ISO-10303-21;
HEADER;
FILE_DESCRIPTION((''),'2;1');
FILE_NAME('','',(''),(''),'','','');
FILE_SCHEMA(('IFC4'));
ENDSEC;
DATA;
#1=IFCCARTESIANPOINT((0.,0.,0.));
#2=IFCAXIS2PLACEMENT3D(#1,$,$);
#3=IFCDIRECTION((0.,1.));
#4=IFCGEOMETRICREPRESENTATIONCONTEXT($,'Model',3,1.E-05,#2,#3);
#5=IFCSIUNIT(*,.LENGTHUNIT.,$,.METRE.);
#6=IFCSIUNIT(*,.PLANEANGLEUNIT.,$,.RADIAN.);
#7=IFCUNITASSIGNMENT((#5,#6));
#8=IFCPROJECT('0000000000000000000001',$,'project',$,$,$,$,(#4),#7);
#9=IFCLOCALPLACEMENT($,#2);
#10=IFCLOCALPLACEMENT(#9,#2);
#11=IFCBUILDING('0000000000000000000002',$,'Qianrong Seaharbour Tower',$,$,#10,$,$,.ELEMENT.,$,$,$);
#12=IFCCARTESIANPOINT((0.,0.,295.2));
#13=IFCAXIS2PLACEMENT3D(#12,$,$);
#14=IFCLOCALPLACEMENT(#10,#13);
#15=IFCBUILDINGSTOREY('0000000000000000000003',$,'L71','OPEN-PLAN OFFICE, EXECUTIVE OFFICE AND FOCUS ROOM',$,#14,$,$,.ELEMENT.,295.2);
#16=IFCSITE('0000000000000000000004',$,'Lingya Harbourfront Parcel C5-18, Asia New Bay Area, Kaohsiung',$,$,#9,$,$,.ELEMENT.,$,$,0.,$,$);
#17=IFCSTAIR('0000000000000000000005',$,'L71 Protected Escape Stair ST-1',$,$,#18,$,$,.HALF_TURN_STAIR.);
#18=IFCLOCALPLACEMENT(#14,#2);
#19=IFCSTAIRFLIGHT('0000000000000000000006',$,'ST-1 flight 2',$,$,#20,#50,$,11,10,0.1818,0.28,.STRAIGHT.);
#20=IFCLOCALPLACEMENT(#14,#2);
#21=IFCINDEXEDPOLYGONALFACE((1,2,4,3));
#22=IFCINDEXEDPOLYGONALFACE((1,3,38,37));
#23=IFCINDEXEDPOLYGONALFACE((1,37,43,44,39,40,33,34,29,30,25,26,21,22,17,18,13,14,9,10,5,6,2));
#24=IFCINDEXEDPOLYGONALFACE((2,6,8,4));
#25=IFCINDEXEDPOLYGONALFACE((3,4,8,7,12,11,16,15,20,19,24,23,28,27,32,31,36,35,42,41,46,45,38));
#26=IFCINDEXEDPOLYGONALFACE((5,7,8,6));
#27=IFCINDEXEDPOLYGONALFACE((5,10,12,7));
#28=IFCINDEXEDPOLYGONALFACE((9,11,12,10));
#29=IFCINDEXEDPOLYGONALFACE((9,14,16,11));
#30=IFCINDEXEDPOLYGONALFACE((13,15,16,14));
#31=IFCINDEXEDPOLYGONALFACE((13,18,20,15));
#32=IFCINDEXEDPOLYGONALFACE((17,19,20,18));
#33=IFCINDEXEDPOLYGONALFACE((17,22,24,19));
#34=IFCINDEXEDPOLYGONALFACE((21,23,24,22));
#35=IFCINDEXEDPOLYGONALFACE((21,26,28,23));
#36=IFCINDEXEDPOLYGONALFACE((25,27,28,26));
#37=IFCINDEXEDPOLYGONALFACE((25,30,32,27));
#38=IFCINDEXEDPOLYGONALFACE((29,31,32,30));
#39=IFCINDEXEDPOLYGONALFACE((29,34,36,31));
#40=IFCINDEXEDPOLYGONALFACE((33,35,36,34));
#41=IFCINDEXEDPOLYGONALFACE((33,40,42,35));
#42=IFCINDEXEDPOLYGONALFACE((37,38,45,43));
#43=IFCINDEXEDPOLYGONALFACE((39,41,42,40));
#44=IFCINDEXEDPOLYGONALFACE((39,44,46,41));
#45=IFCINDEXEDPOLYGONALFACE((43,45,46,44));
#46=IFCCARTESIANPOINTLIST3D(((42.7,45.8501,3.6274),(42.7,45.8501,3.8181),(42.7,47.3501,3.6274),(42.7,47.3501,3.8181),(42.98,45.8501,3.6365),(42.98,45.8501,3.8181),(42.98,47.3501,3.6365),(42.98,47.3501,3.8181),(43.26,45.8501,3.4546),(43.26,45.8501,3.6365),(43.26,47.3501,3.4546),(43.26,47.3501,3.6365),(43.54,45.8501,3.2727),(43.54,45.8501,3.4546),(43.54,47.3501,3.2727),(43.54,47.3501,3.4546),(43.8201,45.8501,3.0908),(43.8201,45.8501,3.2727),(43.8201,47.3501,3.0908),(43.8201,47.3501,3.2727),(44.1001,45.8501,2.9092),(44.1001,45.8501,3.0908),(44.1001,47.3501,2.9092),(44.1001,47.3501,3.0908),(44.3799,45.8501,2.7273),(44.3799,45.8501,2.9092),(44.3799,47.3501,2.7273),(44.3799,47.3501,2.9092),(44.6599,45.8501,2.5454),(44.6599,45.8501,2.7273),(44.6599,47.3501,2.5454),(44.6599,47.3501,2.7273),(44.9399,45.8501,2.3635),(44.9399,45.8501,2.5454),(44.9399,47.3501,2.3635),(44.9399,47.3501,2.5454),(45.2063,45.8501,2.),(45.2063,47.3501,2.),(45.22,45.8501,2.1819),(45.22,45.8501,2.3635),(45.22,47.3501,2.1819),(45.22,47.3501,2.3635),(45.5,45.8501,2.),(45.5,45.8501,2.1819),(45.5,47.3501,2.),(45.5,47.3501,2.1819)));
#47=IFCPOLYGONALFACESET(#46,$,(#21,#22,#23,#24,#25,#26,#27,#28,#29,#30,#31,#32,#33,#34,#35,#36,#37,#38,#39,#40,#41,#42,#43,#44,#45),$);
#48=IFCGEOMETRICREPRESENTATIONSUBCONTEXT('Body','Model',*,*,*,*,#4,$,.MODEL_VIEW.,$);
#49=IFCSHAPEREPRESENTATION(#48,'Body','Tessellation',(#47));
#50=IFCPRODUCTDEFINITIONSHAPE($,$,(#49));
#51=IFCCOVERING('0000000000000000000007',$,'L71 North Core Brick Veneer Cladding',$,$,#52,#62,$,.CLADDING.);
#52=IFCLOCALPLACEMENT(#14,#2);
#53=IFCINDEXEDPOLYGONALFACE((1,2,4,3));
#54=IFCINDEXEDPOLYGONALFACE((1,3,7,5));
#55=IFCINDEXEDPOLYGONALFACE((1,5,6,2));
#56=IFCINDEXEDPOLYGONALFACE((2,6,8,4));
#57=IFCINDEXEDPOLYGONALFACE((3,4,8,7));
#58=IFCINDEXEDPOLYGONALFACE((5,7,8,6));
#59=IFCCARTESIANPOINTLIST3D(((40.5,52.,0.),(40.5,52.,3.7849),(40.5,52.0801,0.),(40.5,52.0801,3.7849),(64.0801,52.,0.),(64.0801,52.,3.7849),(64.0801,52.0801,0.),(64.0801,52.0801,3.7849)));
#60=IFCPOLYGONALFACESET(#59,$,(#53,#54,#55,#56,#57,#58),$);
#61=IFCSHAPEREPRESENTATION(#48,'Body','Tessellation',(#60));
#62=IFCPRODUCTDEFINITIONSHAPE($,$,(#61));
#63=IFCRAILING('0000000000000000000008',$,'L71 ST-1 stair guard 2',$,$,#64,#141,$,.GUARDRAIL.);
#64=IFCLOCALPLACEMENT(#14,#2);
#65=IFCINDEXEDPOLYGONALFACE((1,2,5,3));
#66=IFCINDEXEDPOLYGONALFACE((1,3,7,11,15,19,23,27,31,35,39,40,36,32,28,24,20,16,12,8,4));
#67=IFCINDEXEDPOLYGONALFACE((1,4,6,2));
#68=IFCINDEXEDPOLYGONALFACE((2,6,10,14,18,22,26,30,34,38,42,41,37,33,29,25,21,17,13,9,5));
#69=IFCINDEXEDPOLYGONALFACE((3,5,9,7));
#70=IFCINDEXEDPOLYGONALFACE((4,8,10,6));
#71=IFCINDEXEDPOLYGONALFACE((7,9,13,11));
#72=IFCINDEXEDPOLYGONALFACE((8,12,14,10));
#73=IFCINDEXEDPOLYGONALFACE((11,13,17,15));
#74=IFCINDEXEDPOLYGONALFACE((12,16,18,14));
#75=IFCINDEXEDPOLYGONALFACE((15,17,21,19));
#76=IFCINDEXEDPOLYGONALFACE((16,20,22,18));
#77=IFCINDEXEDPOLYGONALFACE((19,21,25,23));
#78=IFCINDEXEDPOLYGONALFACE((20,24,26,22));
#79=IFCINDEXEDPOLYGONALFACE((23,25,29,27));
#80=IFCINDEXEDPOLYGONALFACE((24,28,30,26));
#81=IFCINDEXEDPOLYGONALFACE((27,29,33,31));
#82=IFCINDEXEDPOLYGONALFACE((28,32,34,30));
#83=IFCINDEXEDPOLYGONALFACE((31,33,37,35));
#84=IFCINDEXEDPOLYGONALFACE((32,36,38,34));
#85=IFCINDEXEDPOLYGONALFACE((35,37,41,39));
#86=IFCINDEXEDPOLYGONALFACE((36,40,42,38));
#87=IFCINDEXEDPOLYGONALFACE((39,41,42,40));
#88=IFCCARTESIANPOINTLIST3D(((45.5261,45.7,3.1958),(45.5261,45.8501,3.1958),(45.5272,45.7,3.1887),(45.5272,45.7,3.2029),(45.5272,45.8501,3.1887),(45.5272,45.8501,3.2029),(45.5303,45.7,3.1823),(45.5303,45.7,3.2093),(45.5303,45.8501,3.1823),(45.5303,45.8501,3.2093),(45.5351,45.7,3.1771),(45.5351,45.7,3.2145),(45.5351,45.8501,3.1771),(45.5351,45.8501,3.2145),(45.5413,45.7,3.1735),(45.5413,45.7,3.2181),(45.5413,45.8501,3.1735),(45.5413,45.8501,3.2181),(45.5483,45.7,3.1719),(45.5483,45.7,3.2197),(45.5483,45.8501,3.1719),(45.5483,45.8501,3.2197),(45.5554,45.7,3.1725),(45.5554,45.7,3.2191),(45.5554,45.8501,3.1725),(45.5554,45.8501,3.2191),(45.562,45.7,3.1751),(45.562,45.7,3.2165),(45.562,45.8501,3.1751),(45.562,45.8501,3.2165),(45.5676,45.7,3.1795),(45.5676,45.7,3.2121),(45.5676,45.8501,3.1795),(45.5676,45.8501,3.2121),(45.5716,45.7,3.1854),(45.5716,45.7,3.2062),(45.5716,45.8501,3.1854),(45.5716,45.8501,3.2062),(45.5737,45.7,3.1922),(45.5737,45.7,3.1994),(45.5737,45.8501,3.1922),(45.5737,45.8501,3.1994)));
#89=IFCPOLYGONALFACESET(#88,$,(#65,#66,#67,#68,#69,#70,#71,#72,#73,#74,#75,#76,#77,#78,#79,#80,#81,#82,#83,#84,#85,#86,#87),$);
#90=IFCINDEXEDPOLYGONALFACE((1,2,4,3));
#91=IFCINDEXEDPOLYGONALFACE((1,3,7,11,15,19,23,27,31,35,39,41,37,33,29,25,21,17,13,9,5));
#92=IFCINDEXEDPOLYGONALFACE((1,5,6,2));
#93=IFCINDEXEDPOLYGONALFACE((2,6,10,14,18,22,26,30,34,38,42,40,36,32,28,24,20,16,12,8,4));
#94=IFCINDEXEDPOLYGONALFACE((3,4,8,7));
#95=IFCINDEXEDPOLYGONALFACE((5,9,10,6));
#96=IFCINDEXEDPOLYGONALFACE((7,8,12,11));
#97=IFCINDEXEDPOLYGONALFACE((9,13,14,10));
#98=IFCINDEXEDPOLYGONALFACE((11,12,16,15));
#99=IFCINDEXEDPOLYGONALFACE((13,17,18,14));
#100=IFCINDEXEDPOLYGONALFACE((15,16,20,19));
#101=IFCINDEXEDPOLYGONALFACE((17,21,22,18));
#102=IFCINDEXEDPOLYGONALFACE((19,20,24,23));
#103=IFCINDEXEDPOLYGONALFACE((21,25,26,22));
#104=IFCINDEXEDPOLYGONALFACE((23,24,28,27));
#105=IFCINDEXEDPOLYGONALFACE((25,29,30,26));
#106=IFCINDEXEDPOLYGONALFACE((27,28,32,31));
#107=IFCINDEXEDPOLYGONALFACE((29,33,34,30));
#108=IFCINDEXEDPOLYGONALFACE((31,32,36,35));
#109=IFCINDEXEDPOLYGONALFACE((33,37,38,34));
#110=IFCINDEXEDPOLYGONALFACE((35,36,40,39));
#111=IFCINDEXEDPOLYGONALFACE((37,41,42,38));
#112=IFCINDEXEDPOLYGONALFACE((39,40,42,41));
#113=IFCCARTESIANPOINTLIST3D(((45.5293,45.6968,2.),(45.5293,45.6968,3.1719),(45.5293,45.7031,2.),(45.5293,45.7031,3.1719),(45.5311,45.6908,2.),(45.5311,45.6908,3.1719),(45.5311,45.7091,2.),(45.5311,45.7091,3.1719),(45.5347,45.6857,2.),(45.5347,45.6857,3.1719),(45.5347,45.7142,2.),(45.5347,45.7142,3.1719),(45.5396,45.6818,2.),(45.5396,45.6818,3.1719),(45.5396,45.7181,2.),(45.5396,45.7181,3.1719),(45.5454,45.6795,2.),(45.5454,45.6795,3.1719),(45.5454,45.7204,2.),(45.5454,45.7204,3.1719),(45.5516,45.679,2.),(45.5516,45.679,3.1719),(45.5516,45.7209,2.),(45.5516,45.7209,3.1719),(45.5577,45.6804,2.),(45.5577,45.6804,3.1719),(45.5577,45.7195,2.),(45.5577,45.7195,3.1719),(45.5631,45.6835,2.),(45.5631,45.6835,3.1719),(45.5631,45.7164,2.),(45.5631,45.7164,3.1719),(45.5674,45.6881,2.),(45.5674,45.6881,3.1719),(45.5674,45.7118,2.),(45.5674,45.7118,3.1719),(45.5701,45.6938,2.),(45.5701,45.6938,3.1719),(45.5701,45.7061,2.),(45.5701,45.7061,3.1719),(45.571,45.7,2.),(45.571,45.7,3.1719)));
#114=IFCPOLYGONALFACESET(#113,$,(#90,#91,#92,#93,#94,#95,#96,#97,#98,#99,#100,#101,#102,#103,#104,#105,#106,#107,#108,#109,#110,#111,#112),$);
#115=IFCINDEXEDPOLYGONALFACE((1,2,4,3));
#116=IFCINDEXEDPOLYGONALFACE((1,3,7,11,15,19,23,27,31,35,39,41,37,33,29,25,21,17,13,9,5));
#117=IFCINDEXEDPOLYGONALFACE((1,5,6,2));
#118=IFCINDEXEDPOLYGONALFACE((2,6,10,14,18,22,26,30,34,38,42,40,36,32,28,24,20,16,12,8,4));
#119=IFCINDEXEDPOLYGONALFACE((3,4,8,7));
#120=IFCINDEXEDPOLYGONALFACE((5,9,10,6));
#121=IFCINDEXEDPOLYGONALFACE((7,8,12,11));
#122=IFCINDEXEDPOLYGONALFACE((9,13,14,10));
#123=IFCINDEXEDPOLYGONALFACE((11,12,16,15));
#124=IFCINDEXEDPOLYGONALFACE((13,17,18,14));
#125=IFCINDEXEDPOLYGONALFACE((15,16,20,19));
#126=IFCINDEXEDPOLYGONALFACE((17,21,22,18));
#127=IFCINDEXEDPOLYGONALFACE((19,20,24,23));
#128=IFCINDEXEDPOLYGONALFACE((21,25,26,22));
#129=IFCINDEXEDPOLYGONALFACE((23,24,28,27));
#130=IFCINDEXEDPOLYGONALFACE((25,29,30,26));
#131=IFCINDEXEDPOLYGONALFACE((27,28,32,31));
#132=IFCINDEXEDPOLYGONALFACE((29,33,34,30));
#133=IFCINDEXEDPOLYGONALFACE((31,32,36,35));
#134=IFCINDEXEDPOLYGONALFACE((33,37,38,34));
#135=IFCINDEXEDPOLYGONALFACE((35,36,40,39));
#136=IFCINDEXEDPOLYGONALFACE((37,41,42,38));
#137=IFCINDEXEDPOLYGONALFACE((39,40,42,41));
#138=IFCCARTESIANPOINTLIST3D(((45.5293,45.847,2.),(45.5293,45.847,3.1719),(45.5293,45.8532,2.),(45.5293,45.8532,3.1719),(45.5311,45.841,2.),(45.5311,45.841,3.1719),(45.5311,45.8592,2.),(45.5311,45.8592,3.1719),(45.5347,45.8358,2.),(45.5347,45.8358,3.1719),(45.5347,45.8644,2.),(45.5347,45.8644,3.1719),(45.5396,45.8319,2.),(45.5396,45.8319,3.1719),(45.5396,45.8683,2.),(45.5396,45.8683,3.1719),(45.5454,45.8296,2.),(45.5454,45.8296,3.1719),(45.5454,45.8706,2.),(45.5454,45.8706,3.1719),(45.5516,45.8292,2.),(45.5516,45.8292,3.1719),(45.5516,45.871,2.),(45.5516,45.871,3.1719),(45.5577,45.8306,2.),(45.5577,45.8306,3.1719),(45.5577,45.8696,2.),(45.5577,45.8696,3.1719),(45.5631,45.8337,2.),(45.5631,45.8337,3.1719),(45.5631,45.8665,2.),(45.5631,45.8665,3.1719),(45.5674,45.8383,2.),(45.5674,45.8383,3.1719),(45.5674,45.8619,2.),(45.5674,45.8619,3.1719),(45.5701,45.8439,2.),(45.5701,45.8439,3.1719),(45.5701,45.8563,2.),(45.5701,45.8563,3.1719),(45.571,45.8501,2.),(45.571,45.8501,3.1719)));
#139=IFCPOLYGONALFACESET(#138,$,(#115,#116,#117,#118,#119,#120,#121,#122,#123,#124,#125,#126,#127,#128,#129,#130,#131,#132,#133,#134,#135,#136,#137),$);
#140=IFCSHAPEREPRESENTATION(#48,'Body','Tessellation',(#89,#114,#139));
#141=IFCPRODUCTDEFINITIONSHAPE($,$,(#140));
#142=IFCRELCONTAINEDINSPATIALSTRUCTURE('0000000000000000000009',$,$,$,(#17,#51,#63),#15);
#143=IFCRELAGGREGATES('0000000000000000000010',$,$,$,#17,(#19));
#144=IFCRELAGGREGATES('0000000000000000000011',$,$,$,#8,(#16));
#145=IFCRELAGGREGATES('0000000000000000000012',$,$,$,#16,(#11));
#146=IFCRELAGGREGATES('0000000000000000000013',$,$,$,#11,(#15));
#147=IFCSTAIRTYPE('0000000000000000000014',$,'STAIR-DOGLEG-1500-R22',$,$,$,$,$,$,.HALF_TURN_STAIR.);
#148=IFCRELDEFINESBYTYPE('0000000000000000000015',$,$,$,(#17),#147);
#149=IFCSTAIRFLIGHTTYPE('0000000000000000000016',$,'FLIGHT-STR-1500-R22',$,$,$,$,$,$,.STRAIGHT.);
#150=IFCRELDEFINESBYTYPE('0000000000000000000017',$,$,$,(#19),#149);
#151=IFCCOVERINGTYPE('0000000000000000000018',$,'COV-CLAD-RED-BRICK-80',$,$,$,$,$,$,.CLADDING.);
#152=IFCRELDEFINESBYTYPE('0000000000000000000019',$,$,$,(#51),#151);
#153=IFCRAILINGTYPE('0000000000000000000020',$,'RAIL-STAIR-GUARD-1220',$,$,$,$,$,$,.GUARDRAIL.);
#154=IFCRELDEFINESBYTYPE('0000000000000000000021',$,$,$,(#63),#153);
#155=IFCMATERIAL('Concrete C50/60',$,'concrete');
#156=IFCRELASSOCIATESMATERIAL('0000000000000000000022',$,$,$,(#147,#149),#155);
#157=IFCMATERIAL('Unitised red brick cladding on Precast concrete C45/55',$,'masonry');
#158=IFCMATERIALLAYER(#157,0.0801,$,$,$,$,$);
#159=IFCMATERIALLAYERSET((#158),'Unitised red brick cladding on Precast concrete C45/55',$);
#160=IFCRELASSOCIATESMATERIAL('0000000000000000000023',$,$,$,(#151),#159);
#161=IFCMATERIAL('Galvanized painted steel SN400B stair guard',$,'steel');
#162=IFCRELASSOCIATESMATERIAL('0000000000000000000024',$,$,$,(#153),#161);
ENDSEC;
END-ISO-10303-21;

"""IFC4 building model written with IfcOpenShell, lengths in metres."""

from ifc_helpers import new_model, si_unit, direction, frame, origin, origin_2d, place, context, subcontext, project, spatial, polyline, rectangle, circle, outline, extrude, material, layer, layer_set, type_object, element, aggregate, save


model = new_model("IFC4")

# Units and contexts
model_context = context("Model", 3, precision=1e-05, world=origin(), true_north=direction((0.0, 1.0)))
body_context = subcontext(model_context, "Body", "Model", "MODEL_VIEW")
ifc_project = project(units=[si_unit("LENGTHUNIT", "METRE"), si_unit("PLANEANGLEUNIT", "RADIAN")], contexts=[model_context])

# Site, building, storey
site_placement = place(None, origin())
site = spatial("IfcSite", under=ifc_project, at=site_placement, Name="Lingya Harbourfront Parcel C5-18, Asia New Bay Area, Kaohsiung", CompositionType="ELEMENT", RefElevation=0.0)
building_placement = place(site_placement, origin())
building = spatial("IfcBuilding", under=site, at=building_placement, Name="Qianrong Seaharbour Tower", CompositionType="ELEMENT")
storey_placement = place(building_placement, frame((0.0, 0.0, 295.2)))
storey = spatial("IfcBuildingStorey", under=building, at=storey_placement, Name="L71", Description="OPEN-PLAN OFFICE, EXECUTIVE OFFICE AND FOCUS ROOM", CompositionType="ELEMENT", Elevation=295.2)

# Shared definitions
ifc_material_1 = material(Name="Concrete C50/60", Category="concrete")

# Stair, stair flight
stair_type = type_object("IfcStairType", Name="STAIR-DOGLEG-1500-R22", PredefinedType="HALF_TURN_STAIR", material=ifc_material_1)
stair_placement = place(storey_placement, origin())
stair = element("IfcStair", 1, at=stair_placement, inside=storey, type_object=stair_type, Name="L71 Protected Escape Stair ST-1", PredefinedType="HALF_TURN_STAIR")
stair_flight_type = type_object("IfcStairFlightType", Name="FLIGHT-STR-1500-R22", PredefinedType="STRAIGHT", material=ifc_material_1)
stair_flight_placement = place(storey_placement, frame((45.5, 46.6001, 2.0), z_axis=(0.0, 0.0, 1.0), x_axis=(-1.0, 0.0, 0.0)))
stair_flight = element("IfcStairFlight", 2, at=stair_flight_placement, type_object=stair_flight_type, Name="ST-1 flight 2", NumberOfRisers=11, NumberOfTreads=10, PredefinedType="STRAIGHT", RiserHeight=0.1818, TreadLength=0.28, context=body_context, shape_type="SweptSolid", body=[
    extrude(outline(polyline([(0.0, 0.0), (0.0, 0.1819), (0.28, 0.1819), (0.28, 0.3635), (0.5601, 0.3635), (0.5601, 0.5454), (0.8401, 0.5454), (0.8401, 0.7273), (1.1201, 0.7273), (1.1201, 0.9092), (1.3999, 0.9092), (1.3999, 1.0908), (1.6799, 1.0908), (1.6799, 1.2727), (1.96, 1.2727), (1.96, 1.4546), (2.24, 1.4546), (2.24, 1.6365), (2.52, 1.6365), (2.52, 1.8181), (2.8, 1.8181), (2.8, 2.0), (2.8, 1.6274), (0.2937, 0.0), (0.0, 0.0)])), frame((0.0, 0.75, 0.0), z_axis=(0.0, -1.0, 0.0), x_axis=(1.0, 0.0, 0.0)), (0.0, 0.0, 1.0), 1.5),
])
aggregate(stair, [stair_flight])

# Covering
ifc_material_2 = material(Name="Unitised red brick cladding on Precast concrete C45/55", Category="masonry")
ifc_layer_1 = layer(ifc_material_2, 0.0801)
ifc_layer_set_1 = layer_set([ifc_layer_1], Name="Unitised red brick cladding on Precast concrete C45/55")
covering_type = type_object("IfcCoveringType", Name="COV-CLAD-RED-BRICK-80", PredefinedType="CLADDING", material=ifc_layer_set_1)
covering_placement = place(storey_placement, frame((52.29, 52.04, 0.0), z_axis=(0.0, 0.0, 1.0), x_axis=(1.0, 0.0, 0.0)))
element("IfcCovering", 3, at=covering_placement, inside=storey, type_object=covering_type, Name="L71 North Core Brick Veneer Cladding", PredefinedType="CLADDING", context=body_context, shape_type="SweptSolid", body=[
    extrude(rectangle(XDim=23.5801, YDim=0.0801, at=origin_2d()), origin(), (0.0, 0.0, 1.0), 3.7849),
])

# Railing
ifc_material_3 = material(Name="Galvanized painted steel SN400B stair guard", Category="steel")
railing_type_1 = type_object("IfcRailingType", Name="RAIL-STAIR-GUARD-1220", PredefinedType="GUARDRAIL", material=ifc_material_3)
railing_1_placement = place(storey_placement, frame((45.55, 45.7, 2.0)))
element("IfcRailing", 4, at=railing_1_placement, inside=storey, type_object=railing_type_1, Name="L71 ST-1 stair guard 2", PredefinedType="GUARDRAIL", context=body_context, shape_type="SweptSolid", body=[
    extrude(circle(Radius=0.0239, at=origin_2d()), frame((0.0, 0.0, 1.1958), z_axis=(0.0, 1.0, 0.0), x_axis=(-1.0, 0.0, 0.0)), (0.0, 0.0, 1.0), 0.1501),
    extrude(circle(Radius=0.021, at=origin_2d()), origin(), (0.0, 0.0, 1.0), 1.1719),
    extrude(circle(Radius=0.021, at=origin_2d()), frame((0.0, 0.1501, 0.0)), (0.0, 0.0, 1.0), 1.1719),
])

save(model, "model.ifc")
